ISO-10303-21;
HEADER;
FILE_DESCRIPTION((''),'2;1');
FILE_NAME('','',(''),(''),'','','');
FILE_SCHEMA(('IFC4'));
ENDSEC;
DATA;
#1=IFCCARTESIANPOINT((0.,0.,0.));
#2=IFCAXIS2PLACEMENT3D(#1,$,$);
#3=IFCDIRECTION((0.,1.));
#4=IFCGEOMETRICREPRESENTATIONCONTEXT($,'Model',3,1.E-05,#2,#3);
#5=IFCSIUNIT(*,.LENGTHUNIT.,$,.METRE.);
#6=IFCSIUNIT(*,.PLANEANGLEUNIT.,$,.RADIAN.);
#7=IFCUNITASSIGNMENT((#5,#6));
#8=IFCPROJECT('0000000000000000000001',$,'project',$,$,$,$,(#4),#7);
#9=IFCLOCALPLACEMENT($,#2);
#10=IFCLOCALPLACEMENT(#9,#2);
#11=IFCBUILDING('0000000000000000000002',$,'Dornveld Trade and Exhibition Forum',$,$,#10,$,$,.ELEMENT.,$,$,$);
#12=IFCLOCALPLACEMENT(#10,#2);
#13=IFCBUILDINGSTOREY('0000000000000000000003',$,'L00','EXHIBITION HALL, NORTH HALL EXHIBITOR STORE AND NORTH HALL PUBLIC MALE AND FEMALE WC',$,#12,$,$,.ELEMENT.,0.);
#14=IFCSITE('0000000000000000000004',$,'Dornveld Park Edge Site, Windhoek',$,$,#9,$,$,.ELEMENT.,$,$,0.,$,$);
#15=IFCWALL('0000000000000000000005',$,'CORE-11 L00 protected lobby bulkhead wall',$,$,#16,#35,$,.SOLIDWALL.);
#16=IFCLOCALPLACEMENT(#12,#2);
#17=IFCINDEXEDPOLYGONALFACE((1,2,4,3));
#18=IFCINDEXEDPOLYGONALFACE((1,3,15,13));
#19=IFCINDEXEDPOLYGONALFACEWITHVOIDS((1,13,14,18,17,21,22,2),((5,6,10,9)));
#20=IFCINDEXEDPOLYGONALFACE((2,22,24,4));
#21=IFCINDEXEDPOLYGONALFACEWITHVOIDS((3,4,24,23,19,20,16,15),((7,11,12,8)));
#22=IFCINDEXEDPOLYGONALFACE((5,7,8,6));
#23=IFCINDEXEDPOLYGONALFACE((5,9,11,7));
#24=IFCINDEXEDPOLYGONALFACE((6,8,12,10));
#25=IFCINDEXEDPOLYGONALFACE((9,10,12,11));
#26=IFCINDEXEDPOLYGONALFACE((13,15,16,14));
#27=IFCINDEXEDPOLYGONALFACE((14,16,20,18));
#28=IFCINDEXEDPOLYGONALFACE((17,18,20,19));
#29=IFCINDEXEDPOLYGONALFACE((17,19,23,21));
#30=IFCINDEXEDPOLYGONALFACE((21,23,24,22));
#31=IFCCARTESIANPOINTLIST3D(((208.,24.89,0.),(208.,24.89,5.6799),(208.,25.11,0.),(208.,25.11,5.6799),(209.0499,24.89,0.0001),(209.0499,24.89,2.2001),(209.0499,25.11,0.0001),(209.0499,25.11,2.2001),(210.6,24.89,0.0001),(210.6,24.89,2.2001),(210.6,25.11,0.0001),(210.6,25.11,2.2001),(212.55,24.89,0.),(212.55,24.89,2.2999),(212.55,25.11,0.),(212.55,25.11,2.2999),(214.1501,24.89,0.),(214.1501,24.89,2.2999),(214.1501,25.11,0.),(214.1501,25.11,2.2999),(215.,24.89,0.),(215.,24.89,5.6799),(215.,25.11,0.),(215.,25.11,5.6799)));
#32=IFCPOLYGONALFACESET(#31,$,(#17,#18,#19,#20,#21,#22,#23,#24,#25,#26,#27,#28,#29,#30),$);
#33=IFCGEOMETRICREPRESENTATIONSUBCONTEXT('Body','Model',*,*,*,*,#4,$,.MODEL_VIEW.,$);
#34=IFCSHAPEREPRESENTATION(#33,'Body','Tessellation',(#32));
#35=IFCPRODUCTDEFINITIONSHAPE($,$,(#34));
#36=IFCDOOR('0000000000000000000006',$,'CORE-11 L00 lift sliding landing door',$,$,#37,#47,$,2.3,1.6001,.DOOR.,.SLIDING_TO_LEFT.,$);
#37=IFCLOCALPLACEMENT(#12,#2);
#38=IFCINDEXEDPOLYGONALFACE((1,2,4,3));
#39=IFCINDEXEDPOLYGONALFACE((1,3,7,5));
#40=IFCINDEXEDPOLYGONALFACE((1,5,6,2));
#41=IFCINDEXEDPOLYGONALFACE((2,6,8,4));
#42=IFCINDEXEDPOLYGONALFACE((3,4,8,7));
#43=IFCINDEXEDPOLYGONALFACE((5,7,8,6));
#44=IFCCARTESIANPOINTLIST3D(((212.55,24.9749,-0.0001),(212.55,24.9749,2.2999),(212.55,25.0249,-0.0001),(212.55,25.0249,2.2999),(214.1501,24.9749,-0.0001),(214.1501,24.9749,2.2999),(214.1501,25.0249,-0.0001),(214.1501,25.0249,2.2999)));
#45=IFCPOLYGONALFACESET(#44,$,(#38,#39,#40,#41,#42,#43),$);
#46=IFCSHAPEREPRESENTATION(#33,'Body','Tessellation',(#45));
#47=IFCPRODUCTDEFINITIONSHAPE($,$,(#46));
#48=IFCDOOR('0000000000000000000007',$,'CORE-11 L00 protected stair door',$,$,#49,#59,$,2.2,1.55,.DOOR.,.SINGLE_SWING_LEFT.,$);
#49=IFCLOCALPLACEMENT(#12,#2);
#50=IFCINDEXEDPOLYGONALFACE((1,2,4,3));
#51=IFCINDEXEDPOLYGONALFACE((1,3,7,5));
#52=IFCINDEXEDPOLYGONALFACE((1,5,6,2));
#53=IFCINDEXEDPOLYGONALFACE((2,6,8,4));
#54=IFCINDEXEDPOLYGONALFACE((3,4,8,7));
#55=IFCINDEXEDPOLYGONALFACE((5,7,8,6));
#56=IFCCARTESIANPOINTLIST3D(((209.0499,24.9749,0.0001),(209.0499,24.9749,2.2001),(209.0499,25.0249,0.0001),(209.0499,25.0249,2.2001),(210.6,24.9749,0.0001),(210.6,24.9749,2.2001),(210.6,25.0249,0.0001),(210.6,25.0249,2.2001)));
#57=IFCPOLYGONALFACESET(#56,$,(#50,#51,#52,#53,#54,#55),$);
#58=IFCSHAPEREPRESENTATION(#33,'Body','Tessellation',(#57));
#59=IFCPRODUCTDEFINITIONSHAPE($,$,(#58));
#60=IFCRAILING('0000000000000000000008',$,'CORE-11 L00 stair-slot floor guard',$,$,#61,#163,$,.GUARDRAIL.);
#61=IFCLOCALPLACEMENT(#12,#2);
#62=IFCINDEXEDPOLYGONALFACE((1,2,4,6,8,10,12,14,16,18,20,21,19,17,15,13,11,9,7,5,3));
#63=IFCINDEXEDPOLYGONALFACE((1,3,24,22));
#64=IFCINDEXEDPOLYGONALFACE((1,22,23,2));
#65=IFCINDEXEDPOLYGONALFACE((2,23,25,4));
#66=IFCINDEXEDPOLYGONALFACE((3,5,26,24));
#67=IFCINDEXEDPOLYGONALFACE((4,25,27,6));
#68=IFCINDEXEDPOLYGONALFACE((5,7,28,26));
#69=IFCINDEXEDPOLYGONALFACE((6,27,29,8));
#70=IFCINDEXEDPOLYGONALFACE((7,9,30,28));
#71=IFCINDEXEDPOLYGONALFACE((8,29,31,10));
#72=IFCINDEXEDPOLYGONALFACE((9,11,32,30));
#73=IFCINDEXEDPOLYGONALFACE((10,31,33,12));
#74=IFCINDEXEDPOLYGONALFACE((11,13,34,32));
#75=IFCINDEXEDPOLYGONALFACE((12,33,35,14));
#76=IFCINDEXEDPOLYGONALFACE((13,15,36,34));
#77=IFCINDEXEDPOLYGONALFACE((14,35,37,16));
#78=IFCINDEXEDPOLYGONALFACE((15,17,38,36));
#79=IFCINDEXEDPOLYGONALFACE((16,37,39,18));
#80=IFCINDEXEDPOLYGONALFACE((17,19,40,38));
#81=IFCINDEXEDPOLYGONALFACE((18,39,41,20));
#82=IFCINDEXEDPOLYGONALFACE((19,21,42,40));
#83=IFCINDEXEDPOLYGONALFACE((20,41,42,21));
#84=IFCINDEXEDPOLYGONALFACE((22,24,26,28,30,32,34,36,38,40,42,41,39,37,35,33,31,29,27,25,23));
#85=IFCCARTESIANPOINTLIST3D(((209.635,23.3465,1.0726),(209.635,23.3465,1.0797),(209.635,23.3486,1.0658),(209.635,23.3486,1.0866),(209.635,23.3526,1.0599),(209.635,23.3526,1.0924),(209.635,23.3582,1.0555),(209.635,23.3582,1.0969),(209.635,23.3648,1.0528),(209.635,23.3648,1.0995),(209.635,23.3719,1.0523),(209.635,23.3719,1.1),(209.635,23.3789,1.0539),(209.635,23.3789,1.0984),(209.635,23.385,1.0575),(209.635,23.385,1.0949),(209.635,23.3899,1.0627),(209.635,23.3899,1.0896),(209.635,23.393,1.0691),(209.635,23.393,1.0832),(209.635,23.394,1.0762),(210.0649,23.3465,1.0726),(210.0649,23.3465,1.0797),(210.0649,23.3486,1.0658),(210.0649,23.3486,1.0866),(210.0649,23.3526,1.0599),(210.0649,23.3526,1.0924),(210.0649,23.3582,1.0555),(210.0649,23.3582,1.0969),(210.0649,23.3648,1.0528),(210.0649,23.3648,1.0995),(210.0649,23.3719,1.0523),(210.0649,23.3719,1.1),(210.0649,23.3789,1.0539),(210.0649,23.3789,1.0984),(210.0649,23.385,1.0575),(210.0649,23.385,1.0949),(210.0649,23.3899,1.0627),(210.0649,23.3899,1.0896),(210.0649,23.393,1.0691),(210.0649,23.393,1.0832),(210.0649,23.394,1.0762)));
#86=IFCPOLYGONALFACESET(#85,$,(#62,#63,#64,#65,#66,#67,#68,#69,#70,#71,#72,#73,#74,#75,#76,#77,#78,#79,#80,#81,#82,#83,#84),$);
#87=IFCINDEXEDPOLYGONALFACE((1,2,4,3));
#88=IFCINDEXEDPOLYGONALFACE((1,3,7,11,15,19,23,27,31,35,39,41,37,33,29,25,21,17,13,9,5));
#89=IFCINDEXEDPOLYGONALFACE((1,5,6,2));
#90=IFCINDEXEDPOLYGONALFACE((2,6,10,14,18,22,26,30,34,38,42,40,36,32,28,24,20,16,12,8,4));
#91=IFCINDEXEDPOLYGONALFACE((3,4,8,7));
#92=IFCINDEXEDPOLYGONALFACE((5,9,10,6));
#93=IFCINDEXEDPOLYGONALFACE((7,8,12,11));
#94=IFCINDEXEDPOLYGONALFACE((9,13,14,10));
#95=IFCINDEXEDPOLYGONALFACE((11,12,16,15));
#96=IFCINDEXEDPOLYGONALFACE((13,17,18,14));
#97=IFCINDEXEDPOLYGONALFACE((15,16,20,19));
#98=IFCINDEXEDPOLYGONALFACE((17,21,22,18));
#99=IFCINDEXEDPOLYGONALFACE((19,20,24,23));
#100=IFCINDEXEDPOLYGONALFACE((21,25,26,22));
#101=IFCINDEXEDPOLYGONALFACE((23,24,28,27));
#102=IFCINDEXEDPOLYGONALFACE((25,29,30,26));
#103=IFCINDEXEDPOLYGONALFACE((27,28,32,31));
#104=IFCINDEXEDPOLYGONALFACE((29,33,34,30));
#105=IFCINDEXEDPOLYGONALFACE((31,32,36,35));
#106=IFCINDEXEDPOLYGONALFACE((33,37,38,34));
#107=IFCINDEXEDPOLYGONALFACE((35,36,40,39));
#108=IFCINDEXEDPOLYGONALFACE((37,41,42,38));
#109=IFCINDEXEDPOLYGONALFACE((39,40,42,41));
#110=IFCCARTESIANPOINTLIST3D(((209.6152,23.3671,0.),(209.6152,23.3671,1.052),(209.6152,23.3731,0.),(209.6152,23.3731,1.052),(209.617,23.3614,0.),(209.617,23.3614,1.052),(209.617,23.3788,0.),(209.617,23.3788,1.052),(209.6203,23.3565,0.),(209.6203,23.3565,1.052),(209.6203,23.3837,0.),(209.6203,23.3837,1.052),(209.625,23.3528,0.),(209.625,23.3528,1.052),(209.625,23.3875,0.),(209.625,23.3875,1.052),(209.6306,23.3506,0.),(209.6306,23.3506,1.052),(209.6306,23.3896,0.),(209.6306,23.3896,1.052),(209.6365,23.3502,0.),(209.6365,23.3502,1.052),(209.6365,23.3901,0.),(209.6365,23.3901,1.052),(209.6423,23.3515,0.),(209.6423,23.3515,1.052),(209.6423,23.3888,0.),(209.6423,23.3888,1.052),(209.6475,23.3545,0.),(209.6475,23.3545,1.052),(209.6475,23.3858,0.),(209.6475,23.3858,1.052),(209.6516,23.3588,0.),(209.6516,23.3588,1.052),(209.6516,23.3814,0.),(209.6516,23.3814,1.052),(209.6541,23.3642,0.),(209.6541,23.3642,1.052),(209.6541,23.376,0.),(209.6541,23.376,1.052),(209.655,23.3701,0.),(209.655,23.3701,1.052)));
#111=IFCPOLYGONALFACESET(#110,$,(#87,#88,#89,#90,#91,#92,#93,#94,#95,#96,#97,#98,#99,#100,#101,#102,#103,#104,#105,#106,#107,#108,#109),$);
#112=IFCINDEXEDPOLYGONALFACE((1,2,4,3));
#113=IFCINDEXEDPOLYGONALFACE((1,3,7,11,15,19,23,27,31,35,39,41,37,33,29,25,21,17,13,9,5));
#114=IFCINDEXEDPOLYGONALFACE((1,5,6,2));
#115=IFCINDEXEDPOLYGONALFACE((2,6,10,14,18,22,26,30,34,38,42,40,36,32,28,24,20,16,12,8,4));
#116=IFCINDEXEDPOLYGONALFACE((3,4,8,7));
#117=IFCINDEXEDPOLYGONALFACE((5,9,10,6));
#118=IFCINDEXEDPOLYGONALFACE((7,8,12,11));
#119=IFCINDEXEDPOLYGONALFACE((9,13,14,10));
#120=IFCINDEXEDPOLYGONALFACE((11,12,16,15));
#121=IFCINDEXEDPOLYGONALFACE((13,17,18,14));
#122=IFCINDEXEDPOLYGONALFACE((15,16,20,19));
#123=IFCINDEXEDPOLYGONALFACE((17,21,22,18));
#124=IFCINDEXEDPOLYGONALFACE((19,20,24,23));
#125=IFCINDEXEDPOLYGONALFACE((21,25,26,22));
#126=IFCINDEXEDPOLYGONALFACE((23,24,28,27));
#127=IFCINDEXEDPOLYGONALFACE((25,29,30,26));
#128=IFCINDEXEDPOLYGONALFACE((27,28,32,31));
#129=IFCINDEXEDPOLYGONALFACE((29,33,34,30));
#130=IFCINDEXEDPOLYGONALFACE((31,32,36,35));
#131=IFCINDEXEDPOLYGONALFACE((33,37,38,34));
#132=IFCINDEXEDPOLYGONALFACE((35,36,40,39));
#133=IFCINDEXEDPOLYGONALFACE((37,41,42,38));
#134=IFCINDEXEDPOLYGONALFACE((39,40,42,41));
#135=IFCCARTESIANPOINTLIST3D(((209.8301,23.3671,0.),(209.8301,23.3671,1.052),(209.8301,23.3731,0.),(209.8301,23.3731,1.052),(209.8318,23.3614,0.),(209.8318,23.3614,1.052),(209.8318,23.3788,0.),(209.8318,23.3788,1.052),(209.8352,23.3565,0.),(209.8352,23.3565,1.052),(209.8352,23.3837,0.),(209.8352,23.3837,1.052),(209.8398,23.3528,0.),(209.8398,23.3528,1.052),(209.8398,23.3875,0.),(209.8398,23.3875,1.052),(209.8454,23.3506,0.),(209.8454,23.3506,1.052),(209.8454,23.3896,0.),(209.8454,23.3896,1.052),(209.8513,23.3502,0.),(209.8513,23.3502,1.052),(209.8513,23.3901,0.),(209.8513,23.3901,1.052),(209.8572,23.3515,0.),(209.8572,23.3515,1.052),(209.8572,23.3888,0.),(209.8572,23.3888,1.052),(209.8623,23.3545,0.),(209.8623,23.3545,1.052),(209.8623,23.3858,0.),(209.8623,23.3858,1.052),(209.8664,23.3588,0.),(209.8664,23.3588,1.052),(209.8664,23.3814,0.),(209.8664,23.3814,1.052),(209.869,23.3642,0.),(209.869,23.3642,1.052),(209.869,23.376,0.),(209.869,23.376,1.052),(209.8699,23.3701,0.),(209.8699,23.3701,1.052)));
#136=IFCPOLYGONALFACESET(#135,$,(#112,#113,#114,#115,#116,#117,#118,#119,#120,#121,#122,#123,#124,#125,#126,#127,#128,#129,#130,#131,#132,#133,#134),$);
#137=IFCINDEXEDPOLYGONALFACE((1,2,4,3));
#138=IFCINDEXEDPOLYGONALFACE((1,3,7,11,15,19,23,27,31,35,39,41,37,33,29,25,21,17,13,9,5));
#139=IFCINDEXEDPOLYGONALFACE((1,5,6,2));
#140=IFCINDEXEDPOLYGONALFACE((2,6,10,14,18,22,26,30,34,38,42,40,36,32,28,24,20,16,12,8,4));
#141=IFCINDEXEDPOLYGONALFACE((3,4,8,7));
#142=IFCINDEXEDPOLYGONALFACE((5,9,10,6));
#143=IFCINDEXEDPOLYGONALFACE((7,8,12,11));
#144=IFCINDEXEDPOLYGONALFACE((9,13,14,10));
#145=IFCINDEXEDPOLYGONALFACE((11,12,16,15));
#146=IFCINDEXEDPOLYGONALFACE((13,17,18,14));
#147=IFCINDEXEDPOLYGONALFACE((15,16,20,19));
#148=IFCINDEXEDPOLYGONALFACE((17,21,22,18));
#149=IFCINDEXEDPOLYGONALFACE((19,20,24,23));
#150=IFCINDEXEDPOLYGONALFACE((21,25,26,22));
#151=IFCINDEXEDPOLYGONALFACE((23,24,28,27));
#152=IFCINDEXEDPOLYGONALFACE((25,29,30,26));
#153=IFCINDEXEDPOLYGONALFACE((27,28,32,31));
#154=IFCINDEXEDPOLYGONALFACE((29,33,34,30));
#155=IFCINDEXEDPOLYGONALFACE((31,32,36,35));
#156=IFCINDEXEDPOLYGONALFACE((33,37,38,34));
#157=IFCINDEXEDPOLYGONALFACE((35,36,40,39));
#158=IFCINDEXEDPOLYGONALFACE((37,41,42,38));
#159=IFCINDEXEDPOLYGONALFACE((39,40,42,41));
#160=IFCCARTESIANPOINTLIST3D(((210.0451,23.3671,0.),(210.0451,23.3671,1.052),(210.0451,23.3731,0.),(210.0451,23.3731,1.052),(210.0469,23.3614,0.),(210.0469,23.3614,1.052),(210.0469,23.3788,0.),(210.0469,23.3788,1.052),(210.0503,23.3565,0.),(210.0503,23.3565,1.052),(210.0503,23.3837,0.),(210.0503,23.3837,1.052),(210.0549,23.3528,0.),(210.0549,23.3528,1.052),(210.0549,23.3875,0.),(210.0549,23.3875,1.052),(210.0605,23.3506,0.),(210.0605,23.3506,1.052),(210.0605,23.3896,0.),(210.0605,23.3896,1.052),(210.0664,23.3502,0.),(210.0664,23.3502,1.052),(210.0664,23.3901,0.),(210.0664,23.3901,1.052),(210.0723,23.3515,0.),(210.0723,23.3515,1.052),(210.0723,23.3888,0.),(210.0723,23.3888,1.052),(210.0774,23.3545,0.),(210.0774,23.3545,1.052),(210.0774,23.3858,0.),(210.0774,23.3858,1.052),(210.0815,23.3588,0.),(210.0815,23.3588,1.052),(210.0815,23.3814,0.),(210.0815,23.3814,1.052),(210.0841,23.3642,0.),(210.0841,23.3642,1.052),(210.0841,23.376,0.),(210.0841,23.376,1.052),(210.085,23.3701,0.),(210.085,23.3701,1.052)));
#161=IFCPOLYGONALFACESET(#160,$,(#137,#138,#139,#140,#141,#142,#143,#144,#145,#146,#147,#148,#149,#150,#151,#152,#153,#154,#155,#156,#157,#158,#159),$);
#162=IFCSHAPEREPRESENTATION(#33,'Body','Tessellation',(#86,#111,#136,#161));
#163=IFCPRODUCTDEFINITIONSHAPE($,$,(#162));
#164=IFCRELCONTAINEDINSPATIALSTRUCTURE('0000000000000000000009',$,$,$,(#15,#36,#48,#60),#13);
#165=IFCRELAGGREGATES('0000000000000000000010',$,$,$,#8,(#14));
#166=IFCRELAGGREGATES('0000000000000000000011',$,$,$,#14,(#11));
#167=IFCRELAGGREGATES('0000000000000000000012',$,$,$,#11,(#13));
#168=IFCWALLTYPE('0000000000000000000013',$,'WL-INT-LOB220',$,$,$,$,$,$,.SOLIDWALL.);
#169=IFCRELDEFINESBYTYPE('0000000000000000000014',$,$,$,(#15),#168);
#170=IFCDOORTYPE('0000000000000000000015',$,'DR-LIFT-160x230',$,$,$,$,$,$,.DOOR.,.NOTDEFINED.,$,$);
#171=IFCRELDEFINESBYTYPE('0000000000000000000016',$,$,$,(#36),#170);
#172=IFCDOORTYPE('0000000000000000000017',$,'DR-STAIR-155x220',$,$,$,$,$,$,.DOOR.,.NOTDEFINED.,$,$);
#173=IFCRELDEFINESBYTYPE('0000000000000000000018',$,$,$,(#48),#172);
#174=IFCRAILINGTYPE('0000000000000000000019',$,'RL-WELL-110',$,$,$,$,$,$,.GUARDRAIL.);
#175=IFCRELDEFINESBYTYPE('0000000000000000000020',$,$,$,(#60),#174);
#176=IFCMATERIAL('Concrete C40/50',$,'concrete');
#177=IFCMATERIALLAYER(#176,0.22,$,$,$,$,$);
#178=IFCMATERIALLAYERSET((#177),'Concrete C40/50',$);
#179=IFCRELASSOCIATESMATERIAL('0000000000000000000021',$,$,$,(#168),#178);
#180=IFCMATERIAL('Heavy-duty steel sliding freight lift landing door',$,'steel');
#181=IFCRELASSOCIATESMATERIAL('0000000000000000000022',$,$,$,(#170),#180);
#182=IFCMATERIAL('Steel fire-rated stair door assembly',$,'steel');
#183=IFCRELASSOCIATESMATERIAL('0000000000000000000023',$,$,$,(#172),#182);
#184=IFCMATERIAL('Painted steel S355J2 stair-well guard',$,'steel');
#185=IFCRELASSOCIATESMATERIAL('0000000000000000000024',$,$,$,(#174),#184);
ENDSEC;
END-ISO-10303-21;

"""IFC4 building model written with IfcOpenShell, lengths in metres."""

from ifc_helpers import new_model, si_unit, direction, frame, frame_2d, origin, origin_2d, place, context, subcontext, project, spatial, rectangle, circle, extrude, material, layer, layer_set, type_object, element, fill, save


model = new_model("IFC4")

# Units and contexts
model_context = context("Model", 3, precision=1e-05, world=origin(), true_north=direction((0.0, 1.0)))
body_context = subcontext(model_context, "Body", "Model", "MODEL_VIEW")
ifc_project = project(units=[si_unit("LENGTHUNIT", "METRE"), si_unit("PLANEANGLEUNIT", "RADIAN")], contexts=[model_context])

# Site, building, storey
site_placement = place(None, origin())
site = spatial("IfcSite", under=ifc_project, at=site_placement, Name="Dornveld Park Edge Site, Windhoek", CompositionType="ELEMENT", RefElevation=0.0)
building_placement = place(site_placement, origin())
building = spatial("IfcBuilding", under=site, at=building_placement, Name="Dornveld Trade and Exhibition Forum", CompositionType="ELEMENT")
storey_placement = place(building_placement, origin())
storey = spatial("IfcBuildingStorey", under=building, at=storey_placement, Name="L00", Description="EXHIBITION HALL, NORTH HALL EXHIBITOR STORE AND NORTH HALL PUBLIC MALE AND FEMALE WC", CompositionType="ELEMENT", Elevation=0.0)

# Wall, openings, doors
ifc_material_1 = material(Name="Concrete C40/50", Category="concrete")
ifc_layer_1 = layer(ifc_material_1, 0.22)
ifc_layer_set_1 = layer_set([ifc_layer_1], Name="Concrete C40/50")
wall_type_1 = type_object("IfcWallType", Name="WL-INT-LOB220", PredefinedType="SOLIDWALL", material=ifc_layer_set_1)
wall_1_placement = place(storey_placement, frame((208.0, 25.0, 0.0), z_axis=(0.0, 0.0, 1.0), x_axis=(1.0, 0.0, 0.0)))
wall_1 = element("IfcWall", 1, at=wall_1_placement, inside=storey, type_object=wall_type_1, Name="CORE-11 L00 protected lobby bulkhead wall", PredefinedType="SOLIDWALL", context=body_context, shape_type="SweptSolid", body=[
    extrude(rectangle(XDim=7.0, YDim=0.22, at=frame_2d((3.5, 0.0))), origin(), (0.0, 0.0, 1.0), 5.6799),
])
opening_1_placement = place(wall_1_placement, frame((1.05, 0.0, 0.0)))
opening_1 = element("IfcOpeningElement", 2, at=opening_1_placement, cuts=wall_1, PredefinedType="OPENING", context=body_context, shape_type="SweptSolid", body=[
    extrude(rectangle(XDim=1.55, YDim=2.2, at=frame_2d((0.7749, 1.1001))), frame((0.0, 0.1199, 0.0), z_axis=(0.0, -1.0, 0.0), x_axis=(1.0, 0.0, 0.0)), (0.0, 0.0, 1.0), 0.24),
])
opening_2_placement = place(wall_1_placement, frame((4.55, 0.0, 0.0)))
opening_2 = element("IfcOpeningElement", 3, at=opening_2_placement, cuts=wall_1, PredefinedType="OPENING", context=body_context, shape_type="SweptSolid", body=[
    extrude(rectangle(XDim=1.6001, YDim=2.3, at=frame_2d((0.8, 1.1499))), frame((0.0, 0.1199, 0.0), z_axis=(0.0, -1.0, 0.0), x_axis=(1.0, 0.0, 0.0)), (0.0, 0.0, 1.0), 0.24),
])
ifc_material_2 = material(Name="Heavy-duty steel sliding freight lift landing door", Category="steel")
door_type_1 = type_object("IfcDoorType", Name="DR-LIFT-160x230", OperationType="NOTDEFINED", PredefinedType="DOOR", material=ifc_material_2)
door_1_placement = place(opening_2_placement, origin())
door_1 = element("IfcDoor", 4, at=door_1_placement, inside=storey, type_object=door_type_1, Name="CORE-11 L00 lift sliding landing door", OperationType="SLIDING_TO_LEFT", OverallHeight=2.3, OverallWidth=1.6001, PredefinedType="DOOR", context=body_context, shape_type="SweptSolid", body=[
    extrude(rectangle(XDim=1.6001, YDim=2.3, at=frame_2d((0.8, 1.1499))), frame((0.0, 0.0249, 0.0), z_axis=(0.0, -1.0, 0.0), x_axis=(1.0, 0.0, 0.0)), (0.0, 0.0, 1.0), 0.05),
])
fill(opening_2, door_1)
ifc_material_3 = material(Name="Steel fire-rated stair door assembly", Category="steel")
door_type_2 = type_object("IfcDoorType", Name="DR-STAIR-155x220", OperationType="NOTDEFINED", PredefinedType="DOOR", material=ifc_material_3)
door_2_placement = place(opening_1_placement, origin())
door_2 = element("IfcDoor", 5, at=door_2_placement, inside=storey, type_object=door_type_2, Name="CORE-11 L00 protected stair door", OperationType="SINGLE_SWING_LEFT", OverallHeight=2.2, OverallWidth=1.55, PredefinedType="DOOR", context=body_context, shape_type="SweptSolid", body=[
    extrude(rectangle(XDim=1.55, YDim=2.2, at=frame_2d((0.7749, 1.1001))), frame((0.0, 0.0249, 0.0), z_axis=(0.0, -1.0, 0.0), x_axis=(1.0, 0.0, 0.0)), (0.0, 0.0, 1.0), 0.05),
])
fill(opening_1, door_2)

# Railing
ifc_material_4 = material(Name="Painted steel S355J2 stair-well guard", Category="steel")
railing_type = type_object("IfcRailingType", Name="RL-WELL-110", PredefinedType="GUARDRAIL", material=ifc_material_4)
railing_placement = place(storey_placement, frame((209.635, 23.3701, 0.0)))
element("IfcRailing", 6, at=railing_placement, inside=storey, type_object=railing_type, Name="CORE-11 L00 stair-slot floor guard", PredefinedType="GUARDRAIL", context=body_context, shape_type="SweptSolid", body=[
    extrude(circle(Radius=0.0239, at=origin_2d()), frame((0.0, 0.0, 1.0762), z_axis=(1.0, 0.0, 0.0), x_axis=(0.0, 1.0, 0.0)), (0.0, 0.0, 1.0), 0.4299),
    extrude(circle(Radius=0.02, at=origin_2d()), origin(), (0.0, 0.0, 1.0), 1.052),
    extrude(circle(Radius=0.02, at=origin_2d()), frame((0.2148, 0.0, 0.0)), (0.0, 0.0, 1.0), 1.052),
    extrude(circle(Radius=0.02, at=origin_2d()), frame((0.4299, 0.0, 0.0)), (0.0, 0.0, 1.0), 1.052),
])

save(model, "model.ifc")
